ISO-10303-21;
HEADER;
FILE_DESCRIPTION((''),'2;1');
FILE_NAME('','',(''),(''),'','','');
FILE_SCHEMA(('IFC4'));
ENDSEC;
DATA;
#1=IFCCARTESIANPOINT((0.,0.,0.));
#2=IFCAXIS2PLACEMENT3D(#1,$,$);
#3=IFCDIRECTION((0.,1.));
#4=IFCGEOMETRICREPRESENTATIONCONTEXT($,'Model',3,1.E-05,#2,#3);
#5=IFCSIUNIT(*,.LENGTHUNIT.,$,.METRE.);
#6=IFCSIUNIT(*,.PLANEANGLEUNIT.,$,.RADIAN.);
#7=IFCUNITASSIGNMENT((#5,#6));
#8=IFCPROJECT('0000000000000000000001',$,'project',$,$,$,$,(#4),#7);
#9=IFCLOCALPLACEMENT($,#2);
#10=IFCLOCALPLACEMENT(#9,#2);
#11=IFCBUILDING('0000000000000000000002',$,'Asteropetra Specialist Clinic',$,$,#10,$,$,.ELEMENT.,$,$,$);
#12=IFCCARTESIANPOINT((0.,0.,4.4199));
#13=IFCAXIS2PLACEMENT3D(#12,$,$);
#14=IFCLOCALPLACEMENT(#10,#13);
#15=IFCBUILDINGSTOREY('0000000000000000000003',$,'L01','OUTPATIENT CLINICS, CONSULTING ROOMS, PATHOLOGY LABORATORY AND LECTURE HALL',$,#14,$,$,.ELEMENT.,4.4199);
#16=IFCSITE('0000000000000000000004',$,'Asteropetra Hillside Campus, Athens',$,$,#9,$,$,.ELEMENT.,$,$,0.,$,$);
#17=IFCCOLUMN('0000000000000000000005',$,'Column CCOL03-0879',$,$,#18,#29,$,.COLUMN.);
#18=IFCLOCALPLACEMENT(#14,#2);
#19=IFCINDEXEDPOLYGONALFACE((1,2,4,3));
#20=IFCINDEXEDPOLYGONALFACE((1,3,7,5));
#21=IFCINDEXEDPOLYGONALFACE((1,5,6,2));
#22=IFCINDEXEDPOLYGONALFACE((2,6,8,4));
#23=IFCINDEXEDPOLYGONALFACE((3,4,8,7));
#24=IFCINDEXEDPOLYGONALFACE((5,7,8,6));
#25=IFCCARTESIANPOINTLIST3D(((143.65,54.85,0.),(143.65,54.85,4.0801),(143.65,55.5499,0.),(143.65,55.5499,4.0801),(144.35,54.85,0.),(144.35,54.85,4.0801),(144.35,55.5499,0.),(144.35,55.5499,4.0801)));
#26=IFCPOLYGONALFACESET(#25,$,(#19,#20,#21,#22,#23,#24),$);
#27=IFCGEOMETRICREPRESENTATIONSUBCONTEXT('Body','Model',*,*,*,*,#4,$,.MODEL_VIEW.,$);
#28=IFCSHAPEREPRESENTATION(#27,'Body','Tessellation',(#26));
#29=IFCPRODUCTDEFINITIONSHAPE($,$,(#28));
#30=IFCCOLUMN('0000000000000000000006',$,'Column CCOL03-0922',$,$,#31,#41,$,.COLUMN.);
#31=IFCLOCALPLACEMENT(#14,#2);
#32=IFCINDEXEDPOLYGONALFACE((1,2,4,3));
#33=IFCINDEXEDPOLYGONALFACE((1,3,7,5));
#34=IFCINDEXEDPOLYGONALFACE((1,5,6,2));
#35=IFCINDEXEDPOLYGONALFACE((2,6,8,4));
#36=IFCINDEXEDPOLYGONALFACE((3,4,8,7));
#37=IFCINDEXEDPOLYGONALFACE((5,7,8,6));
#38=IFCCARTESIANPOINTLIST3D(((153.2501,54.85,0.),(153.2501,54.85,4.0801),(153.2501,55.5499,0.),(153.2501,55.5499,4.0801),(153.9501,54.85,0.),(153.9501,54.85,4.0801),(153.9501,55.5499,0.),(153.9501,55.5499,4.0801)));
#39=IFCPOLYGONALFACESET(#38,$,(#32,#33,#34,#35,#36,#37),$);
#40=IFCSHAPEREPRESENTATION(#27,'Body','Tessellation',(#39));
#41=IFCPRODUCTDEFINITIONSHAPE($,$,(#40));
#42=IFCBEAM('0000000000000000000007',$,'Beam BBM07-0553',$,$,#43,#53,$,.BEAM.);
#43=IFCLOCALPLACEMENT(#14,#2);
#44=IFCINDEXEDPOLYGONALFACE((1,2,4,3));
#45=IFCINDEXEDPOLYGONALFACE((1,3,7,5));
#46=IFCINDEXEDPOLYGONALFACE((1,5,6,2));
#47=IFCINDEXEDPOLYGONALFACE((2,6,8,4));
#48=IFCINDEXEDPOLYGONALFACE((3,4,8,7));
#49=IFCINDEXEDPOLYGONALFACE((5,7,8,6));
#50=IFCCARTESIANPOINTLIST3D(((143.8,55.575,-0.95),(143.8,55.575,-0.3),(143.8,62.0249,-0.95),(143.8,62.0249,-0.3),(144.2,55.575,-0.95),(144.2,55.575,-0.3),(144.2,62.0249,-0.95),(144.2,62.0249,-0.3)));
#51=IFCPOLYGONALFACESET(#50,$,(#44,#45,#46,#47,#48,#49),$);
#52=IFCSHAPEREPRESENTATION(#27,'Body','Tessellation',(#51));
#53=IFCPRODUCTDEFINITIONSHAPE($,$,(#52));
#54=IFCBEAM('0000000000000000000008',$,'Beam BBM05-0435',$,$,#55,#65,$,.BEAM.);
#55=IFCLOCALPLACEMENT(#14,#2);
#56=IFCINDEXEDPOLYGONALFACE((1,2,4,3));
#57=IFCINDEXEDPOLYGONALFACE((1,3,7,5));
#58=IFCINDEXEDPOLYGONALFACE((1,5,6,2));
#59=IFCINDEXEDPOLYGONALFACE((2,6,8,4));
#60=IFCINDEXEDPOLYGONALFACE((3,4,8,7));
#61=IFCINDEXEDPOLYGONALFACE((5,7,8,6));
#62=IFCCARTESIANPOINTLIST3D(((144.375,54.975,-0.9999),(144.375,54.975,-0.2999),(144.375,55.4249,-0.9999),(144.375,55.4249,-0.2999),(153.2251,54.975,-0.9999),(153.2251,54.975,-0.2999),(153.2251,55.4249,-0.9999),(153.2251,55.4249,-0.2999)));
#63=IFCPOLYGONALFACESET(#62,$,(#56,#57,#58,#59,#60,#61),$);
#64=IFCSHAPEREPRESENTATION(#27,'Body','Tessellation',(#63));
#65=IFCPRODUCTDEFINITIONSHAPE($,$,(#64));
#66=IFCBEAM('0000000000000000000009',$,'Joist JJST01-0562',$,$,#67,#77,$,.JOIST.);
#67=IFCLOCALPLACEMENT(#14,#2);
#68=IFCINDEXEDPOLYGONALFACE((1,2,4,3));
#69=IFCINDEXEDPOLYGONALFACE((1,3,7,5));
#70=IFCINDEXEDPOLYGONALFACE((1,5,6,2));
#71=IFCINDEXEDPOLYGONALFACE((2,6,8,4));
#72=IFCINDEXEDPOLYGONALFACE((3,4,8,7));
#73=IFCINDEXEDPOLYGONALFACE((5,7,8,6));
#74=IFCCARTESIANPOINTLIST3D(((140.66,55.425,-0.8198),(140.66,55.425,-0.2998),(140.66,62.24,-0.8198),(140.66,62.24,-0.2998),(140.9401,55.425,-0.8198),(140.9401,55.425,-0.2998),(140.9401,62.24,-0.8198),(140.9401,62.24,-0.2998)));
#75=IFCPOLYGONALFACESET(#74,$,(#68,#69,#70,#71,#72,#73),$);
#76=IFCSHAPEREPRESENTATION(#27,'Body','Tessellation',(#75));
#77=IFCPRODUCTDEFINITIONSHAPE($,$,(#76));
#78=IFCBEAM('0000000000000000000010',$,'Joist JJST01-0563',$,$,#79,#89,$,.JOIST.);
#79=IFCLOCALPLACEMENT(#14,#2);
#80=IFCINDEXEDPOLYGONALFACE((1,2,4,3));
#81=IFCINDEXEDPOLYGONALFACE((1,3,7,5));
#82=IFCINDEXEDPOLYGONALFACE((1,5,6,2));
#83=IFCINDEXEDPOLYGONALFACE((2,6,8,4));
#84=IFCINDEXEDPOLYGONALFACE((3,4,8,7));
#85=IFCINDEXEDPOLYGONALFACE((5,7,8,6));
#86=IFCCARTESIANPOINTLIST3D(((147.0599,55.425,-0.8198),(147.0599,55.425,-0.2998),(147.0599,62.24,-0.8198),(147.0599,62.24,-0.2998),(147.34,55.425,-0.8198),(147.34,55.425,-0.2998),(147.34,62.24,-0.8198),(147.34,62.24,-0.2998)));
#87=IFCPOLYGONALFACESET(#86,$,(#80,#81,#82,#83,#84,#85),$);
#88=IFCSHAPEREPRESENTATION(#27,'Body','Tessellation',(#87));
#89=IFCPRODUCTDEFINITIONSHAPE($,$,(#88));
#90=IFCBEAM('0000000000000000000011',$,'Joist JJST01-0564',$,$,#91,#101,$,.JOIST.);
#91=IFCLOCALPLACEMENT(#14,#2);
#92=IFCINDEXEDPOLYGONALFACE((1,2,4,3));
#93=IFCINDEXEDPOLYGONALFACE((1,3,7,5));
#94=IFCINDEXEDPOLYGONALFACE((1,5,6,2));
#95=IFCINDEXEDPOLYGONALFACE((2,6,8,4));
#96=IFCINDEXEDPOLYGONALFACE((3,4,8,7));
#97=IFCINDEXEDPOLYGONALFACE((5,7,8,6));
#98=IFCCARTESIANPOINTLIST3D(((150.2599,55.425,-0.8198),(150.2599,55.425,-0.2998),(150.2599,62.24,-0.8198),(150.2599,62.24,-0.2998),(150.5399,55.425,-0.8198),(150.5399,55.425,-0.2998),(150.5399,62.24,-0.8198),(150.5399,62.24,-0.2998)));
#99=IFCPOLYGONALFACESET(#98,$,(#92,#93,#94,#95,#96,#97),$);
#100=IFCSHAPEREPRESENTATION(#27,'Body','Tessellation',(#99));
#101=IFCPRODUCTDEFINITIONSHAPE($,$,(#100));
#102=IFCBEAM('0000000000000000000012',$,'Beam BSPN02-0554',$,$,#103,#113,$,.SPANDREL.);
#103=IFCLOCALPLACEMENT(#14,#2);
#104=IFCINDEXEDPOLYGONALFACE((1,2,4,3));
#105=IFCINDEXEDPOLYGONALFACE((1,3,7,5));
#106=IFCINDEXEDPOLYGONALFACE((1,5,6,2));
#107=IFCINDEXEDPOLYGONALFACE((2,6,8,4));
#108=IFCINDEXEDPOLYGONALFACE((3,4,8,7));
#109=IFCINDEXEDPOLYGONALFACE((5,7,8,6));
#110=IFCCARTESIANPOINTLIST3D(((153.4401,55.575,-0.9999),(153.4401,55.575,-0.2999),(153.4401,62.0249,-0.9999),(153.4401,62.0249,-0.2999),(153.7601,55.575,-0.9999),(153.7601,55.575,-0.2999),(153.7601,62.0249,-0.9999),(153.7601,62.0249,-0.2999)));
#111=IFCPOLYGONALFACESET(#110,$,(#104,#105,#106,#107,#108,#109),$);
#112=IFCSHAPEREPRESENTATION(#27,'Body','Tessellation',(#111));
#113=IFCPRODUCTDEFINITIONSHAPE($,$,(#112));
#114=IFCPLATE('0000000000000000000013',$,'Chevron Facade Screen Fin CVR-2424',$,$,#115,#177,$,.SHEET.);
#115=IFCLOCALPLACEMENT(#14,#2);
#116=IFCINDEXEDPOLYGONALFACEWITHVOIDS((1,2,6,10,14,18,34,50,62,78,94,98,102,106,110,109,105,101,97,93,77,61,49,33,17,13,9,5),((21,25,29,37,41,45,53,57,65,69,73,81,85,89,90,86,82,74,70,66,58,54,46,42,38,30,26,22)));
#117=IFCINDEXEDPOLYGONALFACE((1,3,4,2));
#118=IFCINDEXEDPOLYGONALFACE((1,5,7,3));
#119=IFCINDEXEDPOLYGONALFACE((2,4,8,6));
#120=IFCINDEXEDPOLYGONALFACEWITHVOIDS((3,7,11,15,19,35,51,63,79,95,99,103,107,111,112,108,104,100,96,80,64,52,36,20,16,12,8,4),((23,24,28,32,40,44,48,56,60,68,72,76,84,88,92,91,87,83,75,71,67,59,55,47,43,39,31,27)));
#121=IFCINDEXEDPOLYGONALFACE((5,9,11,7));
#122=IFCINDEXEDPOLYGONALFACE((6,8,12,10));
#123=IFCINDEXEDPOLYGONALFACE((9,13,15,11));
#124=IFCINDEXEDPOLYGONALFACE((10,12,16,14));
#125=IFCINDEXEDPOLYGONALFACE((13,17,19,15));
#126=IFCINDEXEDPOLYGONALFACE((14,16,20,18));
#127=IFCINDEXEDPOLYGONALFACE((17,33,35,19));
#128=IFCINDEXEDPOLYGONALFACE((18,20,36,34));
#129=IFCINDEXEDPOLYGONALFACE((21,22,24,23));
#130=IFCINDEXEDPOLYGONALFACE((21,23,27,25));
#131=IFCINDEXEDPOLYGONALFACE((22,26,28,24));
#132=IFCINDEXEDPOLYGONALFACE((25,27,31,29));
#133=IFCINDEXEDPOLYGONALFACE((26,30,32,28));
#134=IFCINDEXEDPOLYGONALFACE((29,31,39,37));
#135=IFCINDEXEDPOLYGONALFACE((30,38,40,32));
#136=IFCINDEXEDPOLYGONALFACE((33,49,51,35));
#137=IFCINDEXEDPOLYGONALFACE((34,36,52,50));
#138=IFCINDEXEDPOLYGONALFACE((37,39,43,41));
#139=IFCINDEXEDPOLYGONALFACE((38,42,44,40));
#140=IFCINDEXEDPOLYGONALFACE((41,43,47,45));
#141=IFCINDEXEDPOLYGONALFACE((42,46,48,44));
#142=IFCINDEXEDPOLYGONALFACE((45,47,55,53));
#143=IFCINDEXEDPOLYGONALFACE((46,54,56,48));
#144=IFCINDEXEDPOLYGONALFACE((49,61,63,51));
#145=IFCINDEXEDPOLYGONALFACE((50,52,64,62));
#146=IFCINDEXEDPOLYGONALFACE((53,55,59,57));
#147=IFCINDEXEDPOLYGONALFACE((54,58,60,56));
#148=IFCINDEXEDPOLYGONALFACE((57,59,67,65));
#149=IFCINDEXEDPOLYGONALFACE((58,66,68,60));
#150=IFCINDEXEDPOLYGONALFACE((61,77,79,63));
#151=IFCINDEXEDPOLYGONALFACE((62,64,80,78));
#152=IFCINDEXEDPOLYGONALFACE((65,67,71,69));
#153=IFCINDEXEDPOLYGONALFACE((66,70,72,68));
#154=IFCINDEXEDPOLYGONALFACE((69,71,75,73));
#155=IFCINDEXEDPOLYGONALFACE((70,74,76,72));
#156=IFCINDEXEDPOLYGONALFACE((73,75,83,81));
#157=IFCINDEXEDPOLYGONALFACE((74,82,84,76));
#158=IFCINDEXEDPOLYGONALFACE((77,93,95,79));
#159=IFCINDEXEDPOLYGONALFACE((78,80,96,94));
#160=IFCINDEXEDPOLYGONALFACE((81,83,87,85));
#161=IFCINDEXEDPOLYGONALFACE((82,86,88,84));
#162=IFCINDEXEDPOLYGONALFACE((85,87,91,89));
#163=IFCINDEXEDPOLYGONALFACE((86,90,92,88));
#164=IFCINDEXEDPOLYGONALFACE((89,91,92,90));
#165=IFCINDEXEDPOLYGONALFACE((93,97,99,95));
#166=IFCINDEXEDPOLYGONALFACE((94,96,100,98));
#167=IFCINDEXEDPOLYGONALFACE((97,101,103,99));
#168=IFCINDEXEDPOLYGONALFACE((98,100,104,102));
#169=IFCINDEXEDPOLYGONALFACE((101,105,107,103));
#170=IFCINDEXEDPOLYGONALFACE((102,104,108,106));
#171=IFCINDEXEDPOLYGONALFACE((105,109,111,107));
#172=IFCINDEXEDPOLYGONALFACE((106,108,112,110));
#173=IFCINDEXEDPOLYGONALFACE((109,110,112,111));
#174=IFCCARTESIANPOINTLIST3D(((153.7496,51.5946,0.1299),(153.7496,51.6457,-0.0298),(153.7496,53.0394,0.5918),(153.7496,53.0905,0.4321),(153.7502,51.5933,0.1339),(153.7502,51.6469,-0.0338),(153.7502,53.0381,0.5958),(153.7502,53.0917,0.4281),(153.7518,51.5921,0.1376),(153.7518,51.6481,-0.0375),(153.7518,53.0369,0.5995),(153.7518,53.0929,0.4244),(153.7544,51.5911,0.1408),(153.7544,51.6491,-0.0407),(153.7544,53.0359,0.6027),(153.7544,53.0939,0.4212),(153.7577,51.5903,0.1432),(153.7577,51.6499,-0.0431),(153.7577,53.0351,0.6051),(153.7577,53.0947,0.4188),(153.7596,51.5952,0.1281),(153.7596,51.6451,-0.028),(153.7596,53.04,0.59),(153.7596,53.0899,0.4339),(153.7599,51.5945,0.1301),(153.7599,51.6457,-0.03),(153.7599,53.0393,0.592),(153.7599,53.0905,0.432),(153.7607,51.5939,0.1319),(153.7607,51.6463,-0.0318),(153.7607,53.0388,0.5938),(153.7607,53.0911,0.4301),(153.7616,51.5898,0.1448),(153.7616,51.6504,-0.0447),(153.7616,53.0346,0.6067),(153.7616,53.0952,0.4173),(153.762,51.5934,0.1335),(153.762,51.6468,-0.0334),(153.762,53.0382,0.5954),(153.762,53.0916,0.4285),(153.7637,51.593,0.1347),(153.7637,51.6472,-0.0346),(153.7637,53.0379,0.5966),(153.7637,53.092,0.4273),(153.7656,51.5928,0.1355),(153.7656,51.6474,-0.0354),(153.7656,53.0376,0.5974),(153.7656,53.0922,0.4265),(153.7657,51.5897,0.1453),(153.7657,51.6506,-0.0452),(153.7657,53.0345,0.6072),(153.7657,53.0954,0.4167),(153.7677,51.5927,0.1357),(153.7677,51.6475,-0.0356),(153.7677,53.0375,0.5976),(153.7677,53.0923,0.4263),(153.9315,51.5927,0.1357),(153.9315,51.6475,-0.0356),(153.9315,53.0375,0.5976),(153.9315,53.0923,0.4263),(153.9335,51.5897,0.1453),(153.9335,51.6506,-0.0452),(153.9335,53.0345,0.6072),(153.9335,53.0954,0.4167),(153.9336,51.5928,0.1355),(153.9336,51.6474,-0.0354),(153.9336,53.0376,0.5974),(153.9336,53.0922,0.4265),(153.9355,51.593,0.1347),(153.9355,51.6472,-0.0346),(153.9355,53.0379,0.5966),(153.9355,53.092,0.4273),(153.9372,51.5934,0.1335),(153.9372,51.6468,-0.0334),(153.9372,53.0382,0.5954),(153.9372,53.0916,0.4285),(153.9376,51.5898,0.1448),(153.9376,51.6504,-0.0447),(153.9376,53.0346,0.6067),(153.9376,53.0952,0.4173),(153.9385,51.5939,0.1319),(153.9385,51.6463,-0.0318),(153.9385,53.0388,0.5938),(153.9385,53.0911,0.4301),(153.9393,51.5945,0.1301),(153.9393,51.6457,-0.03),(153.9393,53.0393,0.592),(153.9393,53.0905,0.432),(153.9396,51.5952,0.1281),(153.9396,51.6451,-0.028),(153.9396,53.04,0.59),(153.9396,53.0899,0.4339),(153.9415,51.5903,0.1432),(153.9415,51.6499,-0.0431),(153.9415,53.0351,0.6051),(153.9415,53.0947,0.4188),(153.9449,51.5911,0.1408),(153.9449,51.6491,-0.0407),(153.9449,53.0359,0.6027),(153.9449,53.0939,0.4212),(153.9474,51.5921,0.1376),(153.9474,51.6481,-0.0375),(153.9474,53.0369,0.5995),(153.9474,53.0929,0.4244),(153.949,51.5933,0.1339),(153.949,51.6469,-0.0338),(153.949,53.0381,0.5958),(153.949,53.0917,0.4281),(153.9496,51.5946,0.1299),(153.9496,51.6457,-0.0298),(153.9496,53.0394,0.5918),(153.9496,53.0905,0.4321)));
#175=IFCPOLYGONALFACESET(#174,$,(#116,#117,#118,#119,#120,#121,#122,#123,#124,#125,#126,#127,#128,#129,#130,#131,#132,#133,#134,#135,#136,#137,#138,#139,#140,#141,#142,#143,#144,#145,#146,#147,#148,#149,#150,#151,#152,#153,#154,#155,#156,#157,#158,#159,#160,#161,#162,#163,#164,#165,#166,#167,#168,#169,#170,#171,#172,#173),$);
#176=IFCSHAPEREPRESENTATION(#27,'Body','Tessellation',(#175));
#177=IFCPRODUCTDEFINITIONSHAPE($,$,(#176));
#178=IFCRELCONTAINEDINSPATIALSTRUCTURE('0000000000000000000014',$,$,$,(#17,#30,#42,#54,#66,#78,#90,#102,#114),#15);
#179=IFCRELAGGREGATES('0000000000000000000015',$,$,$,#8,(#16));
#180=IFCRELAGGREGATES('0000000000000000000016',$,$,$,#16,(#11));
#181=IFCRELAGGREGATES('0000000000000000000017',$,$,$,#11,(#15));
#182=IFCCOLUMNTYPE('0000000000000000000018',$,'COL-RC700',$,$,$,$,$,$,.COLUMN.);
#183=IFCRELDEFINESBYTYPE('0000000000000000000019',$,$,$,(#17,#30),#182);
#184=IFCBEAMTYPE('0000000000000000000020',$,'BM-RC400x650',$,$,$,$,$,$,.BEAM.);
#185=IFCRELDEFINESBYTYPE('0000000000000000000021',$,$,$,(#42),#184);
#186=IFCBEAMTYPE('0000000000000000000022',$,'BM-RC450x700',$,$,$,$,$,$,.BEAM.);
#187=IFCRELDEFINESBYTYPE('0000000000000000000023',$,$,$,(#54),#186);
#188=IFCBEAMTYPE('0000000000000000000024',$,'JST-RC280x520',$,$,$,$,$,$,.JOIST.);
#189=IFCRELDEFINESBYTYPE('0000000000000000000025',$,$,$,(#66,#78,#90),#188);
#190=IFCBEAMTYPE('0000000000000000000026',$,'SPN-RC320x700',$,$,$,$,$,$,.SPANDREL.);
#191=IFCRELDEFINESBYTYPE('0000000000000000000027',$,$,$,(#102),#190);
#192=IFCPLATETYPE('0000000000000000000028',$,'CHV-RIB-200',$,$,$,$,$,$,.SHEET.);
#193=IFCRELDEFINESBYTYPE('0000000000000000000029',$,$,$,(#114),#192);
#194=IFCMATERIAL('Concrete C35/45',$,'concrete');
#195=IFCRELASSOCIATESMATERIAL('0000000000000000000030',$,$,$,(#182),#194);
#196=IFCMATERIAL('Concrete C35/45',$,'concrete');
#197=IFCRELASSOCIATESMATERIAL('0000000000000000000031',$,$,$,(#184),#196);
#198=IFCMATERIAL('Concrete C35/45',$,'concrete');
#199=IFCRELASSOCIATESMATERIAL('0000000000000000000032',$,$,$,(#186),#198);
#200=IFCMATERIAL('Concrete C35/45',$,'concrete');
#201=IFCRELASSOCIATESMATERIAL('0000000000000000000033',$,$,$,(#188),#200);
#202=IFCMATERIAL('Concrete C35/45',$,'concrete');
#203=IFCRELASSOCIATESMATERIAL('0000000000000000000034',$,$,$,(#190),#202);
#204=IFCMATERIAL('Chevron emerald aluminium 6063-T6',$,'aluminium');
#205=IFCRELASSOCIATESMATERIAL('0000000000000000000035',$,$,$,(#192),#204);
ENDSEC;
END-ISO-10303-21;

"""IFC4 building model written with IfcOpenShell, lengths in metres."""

from ifc_helpers import new_model, si_unit, direction, frame, origin, origin_2d, place, context, subcontext, project, spatial, rectangle, hollow_rectangle, extrude, material, material_profile, profile_set, type_object, element, save


model = new_model("IFC4")

# Units and contexts
model_context = context("Model", 3, precision=1e-05, world=origin(), true_north=direction((0.0, 1.0)))
body_context = subcontext(model_context, "Body", "Model", "MODEL_VIEW")
ifc_project = project(units=[si_unit("LENGTHUNIT", "METRE"), si_unit("PLANEANGLEUNIT", "RADIAN")], contexts=[model_context])

# Site, building, storey
site_placement = place(None, origin())
site = spatial("IfcSite", under=ifc_project, at=site_placement, Name="Asteropetra Hillside Campus, Athens", CompositionType="ELEMENT", RefElevation=0.0)
building_placement = place(site_placement, origin())
building = spatial("IfcBuilding", under=site, at=building_placement, Name="Asteropetra Specialist Clinic", CompositionType="ELEMENT")
storey_placement = place(building_placement, frame((0.0, 0.0, 4.4199)))
storey = spatial("IfcBuildingStorey", under=building, at=storey_placement, Name="L01", Description="OUTPATIENT CLINICS, CONSULTING ROOMS, PATHOLOGY LABORATORY AND LECTURE HALL", CompositionType="ELEMENT", Elevation=4.4199)

# Columns
ifc_material_1 = material(Name="Concrete C35/45", Category="concrete")
ifc_material_profile_1 = material_profile(ifc_material_1, rectangle(XDim=0.7, YDim=0.7, at=origin_2d()), Name="RC 700x700")
ifc_profile_set_1 = profile_set([ifc_material_profile_1], Name="Concrete C35/45")
column_type = type_object("IfcColumnType", Name="COL-RC700", PredefinedType="COLUMN", material=ifc_profile_set_1)
for number, where, z_axis, x_axis, name in (
    (1, (144.0, 55.2, 0.0), (0.0, 0.0, 1.0), (1.0, 0.0, 0.0), "Column CCOL03-0879"),
    (2, (153.6001, 55.2, 0.0), (0.0, 0.0, 1.0), (1.0, 0.0, 0.0), "Column CCOL03-0922"),
):
    element("IfcColumn", number, at=place(storey_placement, frame(where, z_axis=z_axis, x_axis=x_axis)), inside=storey, type_object=column_type, Name=name, PredefinedType="COLUMN", context=body_context, shape_type="SweptSolid", body=[
        extrude(rectangle(XDim=0.7, YDim=0.7, at=origin_2d()), origin(), (0.0, 0.0, 1.0), 4.0801),
    ])

# Beams
ifc_material_2 = material(Name="Concrete C35/45", Category="concrete")
ifc_material_profile_2 = material_profile(ifc_material_2, rectangle(XDim=0.3999, YDim=0.6499, at=origin_2d()), Name="RCB 400x650")
ifc_profile_set_2 = profile_set([ifc_material_profile_2], Name="Concrete C35/45")
beam_type_1 = type_object("IfcBeamType", Name="BM-RC400x650", PredefinedType="BEAM", material=ifc_profile_set_2)
beam_1_placement = place(storey_placement, frame((144.0, 55.575, -0.625), z_axis=(0.0, 1.0, 0.0), x_axis=(-1.0, 0.0, 0.0)))
element("IfcBeam", 3, at=beam_1_placement, inside=storey, type_object=beam_type_1, Name="Beam BBM07-0553", PredefinedType="BEAM", context=body_context, shape_type="SweptSolid", body=[
    extrude(rectangle(XDim=0.3999, YDim=0.6499, at=origin_2d()), origin(), (0.0, 0.0, 1.0), 6.45),
])
ifc_material_3 = material(Name="Concrete C35/45", Category="concrete")
ifc_material_profile_3 = material_profile(ifc_material_3, rectangle(XDim=0.45, YDim=0.7, at=origin_2d()), Name="RCB 450x700")
ifc_profile_set_3 = profile_set([ifc_material_profile_3], Name="Concrete C35/45")
beam_type_2 = type_object("IfcBeamType", Name="BM-RC450x700", PredefinedType="BEAM", material=ifc_profile_set_3)
beam_2_placement = place(storey_placement, frame((144.375, 55.2, -0.6499), z_axis=(1.0, 0.0, 0.0), x_axis=(0.0, 1.0, 0.0)))
element("IfcBeam", 4, at=beam_2_placement, inside=storey, type_object=beam_type_2, Name="Beam BBM05-0435", PredefinedType="BEAM", context=body_context, shape_type="SweptSolid", body=[
    extrude(rectangle(XDim=0.45, YDim=0.7, at=origin_2d()), origin(), (0.0, 0.0, 1.0), 8.8501),
])
ifc_material_4 = material(Name="Concrete C35/45", Category="concrete")
ifc_material_profile_4 = material_profile(ifc_material_4, rectangle(XDim=0.28, YDim=0.52, at=origin_2d()), Name="RCJ 280x520")
ifc_profile_set_4 = profile_set([ifc_material_profile_4], Name="Concrete C35/45")
beam_type_3 = type_object("IfcBeamType", Name="JST-RC280x520", PredefinedType="JOIST", material=ifc_profile_set_4)
for number, where, z_axis, x_axis, name in (
    (5, (140.8, 55.425, -0.5598), (0.0, 1.0, 0.0), (-1.0, 0.0, 0.0), "Joist JJST01-0562"),
    (6, (147.2, 55.425, -0.5598), (0.0, 1.0, 0.0), (-1.0, 0.0, 0.0), "Joist JJST01-0563"),
    (7, (150.3999, 55.425, -0.5598), (0.0, 1.0, 0.0), (-1.0, 0.0, 0.0), "Joist JJST01-0564"),
):
    element("IfcBeam", number, at=place(storey_placement, frame(where, z_axis=z_axis, x_axis=x_axis)), inside=storey, type_object=beam_type_3, Name=name, PredefinedType="JOIST", context=body_context, shape_type="SweptSolid", body=[
        extrude(rectangle(XDim=0.28, YDim=0.52, at=origin_2d()), origin(), (0.0, 0.0, 1.0), 6.8149),
    ])
ifc_material_5 = material(Name="Concrete C35/45", Category="concrete")
ifc_material_profile_5 = material_profile(ifc_material_5, rectangle(XDim=0.3201, YDim=0.7, at=origin_2d()), Name="RCS 320x700")
ifc_profile_set_5 = profile_set([ifc_material_profile_5], Name="Concrete C35/45")
beam_type_4 = type_object("IfcBeamType", Name="SPN-RC320x700", PredefinedType="SPANDREL", material=ifc_profile_set_5)
beam_3_placement = place(storey_placement, frame((153.6001, 55.575, -0.6499), z_axis=(0.0, 1.0, 0.0), x_axis=(-1.0, 0.0, 0.0)))
element("IfcBeam", 8, at=beam_3_placement, inside=storey, type_object=beam_type_4, Name="Beam BSPN02-0554", PredefinedType="SPANDREL", context=body_context, shape_type="SweptSolid", body=[
    extrude(rectangle(XDim=0.3201, YDim=0.7, at=origin_2d()), origin(), (0.0, 0.0, 1.0), 6.45),
])

# Plate
ifc_material_6 = material(Name="Chevron emerald aluminium 6063-T6", Category="aluminium")
ifc_material_profile_6 = material_profile(ifc_material_6, hollow_rectangle(XDim=0.2, YDim=0.2, WallThickness=0.01, InnerFilletRadius=0.0081, OuterFilletRadius=0.0161, at=origin_2d()), Name="SHS 200x200x10.0")
ifc_profile_set_6 = profile_set([ifc_material_profile_6], Name="Chevron emerald aluminium 6063-T6")
plate_type = type_object("IfcPlateType", Name="CHV-RIB-200", PredefinedType="SHEET", material=ifc_profile_set_6)
plate_1_placement = place(storey_placement, frame((153.8496, 51.6201, 0.05), z_axis=(0.0, 0.952506, 0.304519), x_axis=(-1.0, 0.0, 0.0)))
element("IfcPlate", 9, at=plate_1_placement, inside=storey, type_object=plate_type, Name="Chevron Facade Screen Fin CVR-2424", PredefinedType="SHEET", context=body_context, shape_type="SweptSolid", body=[
    extrude(hollow_rectangle(XDim=0.2, YDim=0.2, WallThickness=0.01, InnerFilletRadius=0.0081, OuterFilletRadius=0.0161, at=origin_2d()), origin(), (0.0, 0.0, 1.0), 1.5168),
])

save(model, "model.ifc")
